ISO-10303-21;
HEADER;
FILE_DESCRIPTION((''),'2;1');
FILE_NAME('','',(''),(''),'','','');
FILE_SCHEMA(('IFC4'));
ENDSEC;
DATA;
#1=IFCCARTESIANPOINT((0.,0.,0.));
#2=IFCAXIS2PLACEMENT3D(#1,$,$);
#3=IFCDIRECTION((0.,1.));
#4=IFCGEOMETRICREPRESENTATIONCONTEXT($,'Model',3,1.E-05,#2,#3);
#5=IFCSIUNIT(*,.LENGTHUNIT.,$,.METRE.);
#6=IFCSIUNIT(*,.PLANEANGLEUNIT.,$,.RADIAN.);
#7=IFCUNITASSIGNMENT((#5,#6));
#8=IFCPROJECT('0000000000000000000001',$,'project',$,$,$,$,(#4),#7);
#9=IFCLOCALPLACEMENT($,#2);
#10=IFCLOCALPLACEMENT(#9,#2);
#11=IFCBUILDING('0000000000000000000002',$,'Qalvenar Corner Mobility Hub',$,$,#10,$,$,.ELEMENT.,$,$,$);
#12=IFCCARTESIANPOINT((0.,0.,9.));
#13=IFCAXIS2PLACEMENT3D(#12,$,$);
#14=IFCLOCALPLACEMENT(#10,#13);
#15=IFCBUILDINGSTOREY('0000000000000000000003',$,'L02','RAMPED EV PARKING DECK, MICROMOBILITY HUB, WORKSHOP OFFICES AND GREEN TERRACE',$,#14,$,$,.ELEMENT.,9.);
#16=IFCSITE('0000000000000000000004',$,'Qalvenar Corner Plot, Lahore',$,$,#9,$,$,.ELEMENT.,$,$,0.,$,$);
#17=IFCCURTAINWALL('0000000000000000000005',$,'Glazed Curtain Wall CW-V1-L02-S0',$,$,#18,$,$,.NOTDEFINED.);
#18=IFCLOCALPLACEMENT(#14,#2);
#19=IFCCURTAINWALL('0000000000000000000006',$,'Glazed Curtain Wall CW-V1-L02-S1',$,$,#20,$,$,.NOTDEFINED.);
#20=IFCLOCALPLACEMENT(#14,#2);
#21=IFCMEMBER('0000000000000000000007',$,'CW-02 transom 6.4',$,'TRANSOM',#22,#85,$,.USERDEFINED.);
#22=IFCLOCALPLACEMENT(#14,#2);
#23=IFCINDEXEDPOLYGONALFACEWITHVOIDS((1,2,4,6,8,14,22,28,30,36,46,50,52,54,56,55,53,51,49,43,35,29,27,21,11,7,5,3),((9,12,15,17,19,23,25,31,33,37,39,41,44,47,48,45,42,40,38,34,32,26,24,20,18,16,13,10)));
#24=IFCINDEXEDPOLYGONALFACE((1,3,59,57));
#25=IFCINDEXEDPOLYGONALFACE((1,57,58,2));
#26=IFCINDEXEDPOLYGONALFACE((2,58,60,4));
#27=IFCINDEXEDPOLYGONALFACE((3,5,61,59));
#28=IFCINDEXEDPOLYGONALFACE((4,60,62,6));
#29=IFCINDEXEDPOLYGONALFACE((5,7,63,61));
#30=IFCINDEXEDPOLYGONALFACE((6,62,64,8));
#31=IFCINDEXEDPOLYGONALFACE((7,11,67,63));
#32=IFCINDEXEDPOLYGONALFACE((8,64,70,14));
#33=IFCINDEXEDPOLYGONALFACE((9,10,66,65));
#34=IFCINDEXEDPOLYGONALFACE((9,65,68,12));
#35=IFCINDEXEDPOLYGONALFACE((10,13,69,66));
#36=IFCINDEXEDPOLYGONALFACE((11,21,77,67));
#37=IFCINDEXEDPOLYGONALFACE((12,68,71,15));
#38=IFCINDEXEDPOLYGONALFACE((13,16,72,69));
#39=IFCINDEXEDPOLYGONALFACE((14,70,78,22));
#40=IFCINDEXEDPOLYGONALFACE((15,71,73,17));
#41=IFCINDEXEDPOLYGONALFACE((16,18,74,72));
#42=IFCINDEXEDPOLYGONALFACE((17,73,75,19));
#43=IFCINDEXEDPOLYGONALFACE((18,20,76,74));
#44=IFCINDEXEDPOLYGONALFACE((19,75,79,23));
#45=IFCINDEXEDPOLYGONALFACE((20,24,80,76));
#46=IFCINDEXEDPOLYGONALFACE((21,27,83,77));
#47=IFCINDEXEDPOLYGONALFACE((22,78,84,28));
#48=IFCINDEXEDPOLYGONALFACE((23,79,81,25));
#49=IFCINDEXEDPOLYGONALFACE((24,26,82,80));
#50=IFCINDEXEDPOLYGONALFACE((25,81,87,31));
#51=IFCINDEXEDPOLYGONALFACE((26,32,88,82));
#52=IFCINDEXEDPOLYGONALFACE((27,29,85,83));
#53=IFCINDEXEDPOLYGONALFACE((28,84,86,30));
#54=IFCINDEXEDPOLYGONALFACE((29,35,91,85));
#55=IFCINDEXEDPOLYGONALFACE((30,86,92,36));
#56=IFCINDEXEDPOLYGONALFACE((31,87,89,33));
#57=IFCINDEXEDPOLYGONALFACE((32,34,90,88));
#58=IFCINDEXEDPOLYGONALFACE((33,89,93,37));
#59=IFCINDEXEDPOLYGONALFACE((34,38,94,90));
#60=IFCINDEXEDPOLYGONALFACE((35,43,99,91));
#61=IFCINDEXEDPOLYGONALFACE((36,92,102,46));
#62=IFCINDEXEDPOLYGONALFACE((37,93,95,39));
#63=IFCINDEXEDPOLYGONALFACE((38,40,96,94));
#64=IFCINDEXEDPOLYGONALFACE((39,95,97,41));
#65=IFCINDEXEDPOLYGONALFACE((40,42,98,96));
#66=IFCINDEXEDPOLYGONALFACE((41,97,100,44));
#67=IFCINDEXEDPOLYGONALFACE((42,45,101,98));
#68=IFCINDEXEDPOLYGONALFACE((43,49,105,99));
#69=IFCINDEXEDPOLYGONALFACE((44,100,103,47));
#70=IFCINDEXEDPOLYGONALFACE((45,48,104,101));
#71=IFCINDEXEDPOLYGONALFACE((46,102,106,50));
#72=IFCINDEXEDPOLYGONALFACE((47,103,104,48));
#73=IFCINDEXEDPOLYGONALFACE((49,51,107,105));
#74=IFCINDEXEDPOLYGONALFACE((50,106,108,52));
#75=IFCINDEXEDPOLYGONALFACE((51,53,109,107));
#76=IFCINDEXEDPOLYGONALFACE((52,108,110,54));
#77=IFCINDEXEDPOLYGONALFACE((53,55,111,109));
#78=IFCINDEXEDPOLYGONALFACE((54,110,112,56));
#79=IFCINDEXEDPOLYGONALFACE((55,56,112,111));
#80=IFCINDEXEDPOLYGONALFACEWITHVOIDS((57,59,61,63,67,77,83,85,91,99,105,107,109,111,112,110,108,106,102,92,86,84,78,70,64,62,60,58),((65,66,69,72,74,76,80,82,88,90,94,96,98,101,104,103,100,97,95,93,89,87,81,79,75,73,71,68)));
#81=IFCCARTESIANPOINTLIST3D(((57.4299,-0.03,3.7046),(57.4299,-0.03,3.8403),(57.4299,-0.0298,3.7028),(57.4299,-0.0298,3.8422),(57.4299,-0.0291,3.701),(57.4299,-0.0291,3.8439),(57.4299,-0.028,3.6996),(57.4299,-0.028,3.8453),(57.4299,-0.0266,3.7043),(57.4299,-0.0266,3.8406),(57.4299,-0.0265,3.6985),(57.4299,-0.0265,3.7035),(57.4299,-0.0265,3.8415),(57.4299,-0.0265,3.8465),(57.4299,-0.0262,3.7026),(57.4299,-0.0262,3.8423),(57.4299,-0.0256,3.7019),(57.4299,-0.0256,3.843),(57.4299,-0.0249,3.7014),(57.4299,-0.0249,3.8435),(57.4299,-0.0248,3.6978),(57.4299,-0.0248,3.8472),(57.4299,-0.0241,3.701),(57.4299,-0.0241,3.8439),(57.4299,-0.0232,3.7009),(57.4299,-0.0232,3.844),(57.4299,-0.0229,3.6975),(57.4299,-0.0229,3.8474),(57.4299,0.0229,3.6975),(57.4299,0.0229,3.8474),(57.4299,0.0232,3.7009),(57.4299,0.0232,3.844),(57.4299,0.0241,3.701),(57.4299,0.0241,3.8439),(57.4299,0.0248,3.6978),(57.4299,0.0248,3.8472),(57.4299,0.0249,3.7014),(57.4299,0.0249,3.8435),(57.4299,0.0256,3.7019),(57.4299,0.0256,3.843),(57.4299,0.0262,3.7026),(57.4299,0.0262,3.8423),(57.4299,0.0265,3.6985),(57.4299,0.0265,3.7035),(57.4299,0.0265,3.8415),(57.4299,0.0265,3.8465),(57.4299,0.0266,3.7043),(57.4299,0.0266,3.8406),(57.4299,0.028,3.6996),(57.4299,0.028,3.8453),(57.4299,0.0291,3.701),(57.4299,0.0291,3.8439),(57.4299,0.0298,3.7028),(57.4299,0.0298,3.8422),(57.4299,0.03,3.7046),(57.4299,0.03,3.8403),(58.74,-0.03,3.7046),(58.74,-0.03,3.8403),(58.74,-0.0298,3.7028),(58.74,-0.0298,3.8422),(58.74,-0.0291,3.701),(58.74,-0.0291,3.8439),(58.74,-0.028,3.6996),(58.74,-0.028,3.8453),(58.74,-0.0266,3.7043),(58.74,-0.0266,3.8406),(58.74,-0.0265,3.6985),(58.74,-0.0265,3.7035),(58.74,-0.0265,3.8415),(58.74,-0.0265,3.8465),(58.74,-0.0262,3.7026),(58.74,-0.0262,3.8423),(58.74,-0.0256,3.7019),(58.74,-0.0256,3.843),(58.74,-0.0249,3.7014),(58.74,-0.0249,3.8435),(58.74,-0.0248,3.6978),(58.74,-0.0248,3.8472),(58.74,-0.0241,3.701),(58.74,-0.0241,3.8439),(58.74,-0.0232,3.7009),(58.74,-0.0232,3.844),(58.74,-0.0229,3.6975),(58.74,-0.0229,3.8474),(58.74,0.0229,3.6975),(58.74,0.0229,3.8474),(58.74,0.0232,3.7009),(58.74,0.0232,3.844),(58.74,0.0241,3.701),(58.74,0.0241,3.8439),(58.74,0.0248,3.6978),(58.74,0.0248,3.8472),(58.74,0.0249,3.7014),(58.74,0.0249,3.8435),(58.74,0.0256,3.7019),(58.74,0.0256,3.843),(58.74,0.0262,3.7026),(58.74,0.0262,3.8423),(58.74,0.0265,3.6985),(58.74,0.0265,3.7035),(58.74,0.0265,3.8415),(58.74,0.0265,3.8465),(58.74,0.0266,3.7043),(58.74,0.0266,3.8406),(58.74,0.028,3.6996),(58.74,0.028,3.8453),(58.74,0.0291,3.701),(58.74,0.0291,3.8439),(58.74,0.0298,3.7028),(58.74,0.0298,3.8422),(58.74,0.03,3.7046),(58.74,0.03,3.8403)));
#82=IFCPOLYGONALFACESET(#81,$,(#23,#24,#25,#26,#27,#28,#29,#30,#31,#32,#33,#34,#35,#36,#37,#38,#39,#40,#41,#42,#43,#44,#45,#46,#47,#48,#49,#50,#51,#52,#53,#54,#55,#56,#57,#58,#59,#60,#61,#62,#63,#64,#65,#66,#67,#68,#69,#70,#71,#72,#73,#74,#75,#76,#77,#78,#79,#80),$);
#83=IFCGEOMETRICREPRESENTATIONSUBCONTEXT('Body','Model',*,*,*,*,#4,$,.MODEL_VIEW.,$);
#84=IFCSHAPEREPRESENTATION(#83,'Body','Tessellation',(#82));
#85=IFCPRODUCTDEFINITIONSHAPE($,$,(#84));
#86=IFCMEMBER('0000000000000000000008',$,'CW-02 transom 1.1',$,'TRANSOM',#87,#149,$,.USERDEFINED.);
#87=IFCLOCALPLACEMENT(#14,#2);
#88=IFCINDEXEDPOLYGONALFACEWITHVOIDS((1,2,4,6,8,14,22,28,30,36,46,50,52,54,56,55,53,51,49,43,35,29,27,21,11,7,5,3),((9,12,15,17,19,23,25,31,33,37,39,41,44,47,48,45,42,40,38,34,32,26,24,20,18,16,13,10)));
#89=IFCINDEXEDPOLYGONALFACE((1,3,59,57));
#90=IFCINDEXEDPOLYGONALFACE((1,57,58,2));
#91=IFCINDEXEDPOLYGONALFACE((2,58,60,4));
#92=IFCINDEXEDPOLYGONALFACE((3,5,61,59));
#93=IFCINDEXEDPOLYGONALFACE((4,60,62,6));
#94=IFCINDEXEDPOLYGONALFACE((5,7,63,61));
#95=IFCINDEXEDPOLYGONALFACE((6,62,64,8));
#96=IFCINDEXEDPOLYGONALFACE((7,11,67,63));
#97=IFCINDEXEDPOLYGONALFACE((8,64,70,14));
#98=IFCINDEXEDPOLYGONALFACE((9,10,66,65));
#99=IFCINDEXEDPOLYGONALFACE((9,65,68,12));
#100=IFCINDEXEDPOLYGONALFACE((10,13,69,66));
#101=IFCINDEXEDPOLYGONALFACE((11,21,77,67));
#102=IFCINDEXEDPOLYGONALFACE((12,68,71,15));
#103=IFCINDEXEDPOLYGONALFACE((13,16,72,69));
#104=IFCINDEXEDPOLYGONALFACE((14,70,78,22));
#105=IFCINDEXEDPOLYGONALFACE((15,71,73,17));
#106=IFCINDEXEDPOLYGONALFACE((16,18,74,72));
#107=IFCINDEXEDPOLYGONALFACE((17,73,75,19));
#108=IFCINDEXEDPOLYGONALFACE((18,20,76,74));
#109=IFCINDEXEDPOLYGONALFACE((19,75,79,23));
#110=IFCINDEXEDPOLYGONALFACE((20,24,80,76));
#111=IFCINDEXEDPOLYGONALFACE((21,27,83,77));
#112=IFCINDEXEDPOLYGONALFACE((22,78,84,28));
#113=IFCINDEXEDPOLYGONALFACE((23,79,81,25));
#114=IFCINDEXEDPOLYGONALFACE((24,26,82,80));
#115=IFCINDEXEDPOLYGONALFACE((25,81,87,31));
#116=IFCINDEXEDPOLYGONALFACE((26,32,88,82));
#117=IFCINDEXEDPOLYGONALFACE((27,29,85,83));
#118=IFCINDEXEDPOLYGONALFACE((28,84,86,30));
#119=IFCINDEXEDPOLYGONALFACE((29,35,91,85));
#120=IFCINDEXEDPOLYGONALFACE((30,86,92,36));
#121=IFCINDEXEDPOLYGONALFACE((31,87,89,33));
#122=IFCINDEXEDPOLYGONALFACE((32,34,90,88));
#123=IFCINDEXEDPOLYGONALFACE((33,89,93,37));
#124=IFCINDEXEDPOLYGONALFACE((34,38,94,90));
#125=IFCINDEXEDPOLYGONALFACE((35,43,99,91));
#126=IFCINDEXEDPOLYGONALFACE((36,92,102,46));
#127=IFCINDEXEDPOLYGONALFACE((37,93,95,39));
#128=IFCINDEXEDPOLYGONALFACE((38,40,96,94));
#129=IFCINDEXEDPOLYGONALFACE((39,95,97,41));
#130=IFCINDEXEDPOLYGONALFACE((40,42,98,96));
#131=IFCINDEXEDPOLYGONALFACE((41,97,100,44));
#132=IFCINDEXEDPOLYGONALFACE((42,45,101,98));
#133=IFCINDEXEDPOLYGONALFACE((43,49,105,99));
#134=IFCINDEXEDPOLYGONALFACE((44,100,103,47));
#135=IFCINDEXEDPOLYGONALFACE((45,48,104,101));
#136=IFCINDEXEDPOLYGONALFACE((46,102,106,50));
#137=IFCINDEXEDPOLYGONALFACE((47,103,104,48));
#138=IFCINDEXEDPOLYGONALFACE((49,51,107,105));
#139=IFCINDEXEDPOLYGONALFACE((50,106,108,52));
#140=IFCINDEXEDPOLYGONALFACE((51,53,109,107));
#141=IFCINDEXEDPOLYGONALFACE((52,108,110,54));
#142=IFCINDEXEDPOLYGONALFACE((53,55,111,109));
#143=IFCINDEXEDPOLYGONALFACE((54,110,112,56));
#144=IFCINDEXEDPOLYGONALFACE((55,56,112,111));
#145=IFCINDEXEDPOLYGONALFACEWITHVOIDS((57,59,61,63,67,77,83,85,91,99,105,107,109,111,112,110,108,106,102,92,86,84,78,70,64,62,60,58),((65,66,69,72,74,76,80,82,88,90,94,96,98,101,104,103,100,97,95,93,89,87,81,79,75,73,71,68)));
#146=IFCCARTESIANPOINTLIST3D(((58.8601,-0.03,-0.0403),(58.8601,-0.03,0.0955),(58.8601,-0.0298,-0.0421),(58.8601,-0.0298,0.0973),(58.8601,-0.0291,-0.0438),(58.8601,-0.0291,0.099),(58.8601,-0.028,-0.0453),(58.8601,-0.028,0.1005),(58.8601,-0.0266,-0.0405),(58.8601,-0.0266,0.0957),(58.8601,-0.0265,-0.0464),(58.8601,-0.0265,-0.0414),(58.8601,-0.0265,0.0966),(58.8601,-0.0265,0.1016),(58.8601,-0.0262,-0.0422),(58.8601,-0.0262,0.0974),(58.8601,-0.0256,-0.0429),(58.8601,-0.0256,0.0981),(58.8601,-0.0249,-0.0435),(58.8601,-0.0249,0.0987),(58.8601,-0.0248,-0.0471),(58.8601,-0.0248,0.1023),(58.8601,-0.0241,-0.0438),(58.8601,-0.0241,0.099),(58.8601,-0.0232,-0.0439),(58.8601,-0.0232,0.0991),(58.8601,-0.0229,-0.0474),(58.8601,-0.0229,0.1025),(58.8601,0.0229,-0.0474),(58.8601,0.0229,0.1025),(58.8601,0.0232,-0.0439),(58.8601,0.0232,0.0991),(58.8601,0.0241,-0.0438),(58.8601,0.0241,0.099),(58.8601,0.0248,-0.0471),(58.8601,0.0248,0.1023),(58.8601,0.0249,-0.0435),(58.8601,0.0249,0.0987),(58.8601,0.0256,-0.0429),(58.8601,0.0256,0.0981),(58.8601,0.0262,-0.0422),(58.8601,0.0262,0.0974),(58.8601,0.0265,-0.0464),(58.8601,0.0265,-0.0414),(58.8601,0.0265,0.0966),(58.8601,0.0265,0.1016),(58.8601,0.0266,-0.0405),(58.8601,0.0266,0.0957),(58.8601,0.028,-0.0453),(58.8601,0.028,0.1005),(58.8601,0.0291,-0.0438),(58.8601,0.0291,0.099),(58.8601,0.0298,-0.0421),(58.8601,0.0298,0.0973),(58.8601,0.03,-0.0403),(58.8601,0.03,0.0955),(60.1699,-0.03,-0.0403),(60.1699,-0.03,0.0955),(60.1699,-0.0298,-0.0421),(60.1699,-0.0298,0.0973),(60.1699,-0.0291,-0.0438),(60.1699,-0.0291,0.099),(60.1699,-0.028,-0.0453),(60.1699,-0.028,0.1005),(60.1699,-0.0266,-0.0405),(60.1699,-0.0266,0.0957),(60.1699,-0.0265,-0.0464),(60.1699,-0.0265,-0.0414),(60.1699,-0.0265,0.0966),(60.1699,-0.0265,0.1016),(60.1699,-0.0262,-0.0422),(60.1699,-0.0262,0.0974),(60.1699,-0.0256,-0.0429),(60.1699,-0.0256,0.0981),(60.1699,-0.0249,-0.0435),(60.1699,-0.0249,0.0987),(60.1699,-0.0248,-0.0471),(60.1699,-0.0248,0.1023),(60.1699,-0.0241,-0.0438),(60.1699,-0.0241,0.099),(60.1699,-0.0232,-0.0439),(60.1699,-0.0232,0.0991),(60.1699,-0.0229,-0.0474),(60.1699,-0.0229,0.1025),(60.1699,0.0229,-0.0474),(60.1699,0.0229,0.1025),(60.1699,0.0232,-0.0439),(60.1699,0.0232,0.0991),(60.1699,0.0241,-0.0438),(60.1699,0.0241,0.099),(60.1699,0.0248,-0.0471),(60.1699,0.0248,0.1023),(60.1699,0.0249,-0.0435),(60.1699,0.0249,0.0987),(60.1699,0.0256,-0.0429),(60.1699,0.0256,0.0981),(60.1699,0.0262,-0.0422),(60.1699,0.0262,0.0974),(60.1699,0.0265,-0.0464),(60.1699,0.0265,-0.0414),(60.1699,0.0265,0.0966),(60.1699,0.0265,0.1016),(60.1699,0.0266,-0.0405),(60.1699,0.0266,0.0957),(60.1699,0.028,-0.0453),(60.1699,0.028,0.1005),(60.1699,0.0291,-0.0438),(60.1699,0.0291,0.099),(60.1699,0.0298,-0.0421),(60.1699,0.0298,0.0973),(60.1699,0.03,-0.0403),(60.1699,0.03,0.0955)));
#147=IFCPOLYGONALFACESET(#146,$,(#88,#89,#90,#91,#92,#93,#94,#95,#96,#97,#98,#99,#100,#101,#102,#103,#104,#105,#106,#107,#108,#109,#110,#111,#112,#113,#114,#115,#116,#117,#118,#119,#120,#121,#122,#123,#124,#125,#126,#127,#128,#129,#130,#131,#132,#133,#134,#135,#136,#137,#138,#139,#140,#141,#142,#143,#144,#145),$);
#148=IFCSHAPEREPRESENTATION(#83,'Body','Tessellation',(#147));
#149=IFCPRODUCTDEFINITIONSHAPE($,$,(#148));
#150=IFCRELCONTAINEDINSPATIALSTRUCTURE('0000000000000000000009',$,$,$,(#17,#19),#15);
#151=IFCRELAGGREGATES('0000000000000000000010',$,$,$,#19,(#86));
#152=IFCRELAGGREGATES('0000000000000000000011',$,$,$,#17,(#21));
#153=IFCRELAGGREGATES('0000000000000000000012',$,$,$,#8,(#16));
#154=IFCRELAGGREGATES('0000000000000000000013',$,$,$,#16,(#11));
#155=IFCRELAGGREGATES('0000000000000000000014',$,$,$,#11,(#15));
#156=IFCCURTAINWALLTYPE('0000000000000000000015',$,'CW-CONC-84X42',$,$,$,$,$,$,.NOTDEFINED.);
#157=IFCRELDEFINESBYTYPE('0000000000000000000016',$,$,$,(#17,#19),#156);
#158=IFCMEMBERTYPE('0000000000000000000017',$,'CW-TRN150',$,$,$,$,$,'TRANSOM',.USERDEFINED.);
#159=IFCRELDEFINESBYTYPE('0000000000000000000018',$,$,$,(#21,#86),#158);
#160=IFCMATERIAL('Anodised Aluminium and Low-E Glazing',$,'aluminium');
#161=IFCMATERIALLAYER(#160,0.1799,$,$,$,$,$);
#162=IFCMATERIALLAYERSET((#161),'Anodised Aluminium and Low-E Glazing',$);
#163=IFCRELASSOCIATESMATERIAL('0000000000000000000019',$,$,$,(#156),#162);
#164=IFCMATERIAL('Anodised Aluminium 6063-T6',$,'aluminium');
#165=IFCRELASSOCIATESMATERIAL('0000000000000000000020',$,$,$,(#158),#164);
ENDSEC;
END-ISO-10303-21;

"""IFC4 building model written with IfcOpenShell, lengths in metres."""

from ifc_helpers import new_model, si_unit, direction, frame, origin, origin_2d, place, context, subcontext, project, spatial, hollow_rectangle, extrude, material, layer, layer_set, material_profile, profile_set, type_object, element, aggregate, save


model = new_model("IFC4")

# Units and contexts
model_context = context("Model", 3, precision=1e-05, world=origin(), true_north=direction((0.0, 1.0)))
body_context = subcontext(model_context, "Body", "Model", "MODEL_VIEW")
ifc_project = project(units=[si_unit("LENGTHUNIT", "METRE"), si_unit("PLANEANGLEUNIT", "RADIAN")], contexts=[model_context])

# Site, building, storey
site_placement = place(None, origin())
site = spatial("IfcSite", under=ifc_project, at=site_placement, Name="Qalvenar Corner Plot, Lahore", CompositionType="ELEMENT", RefElevation=0.0)
building_placement = place(site_placement, origin())
building = spatial("IfcBuilding", under=site, at=building_placement, Name="Qalvenar Corner Mobility Hub", CompositionType="ELEMENT")
storey_placement = place(building_placement, frame((0.0, 0.0, 9.0)))
storey = spatial("IfcBuildingStorey", under=building, at=storey_placement, Name="L02", Description="RAMPED EV PARKING DECK, MICROMOBILITY HUB, WORKSHOP OFFICES AND GREEN TERRACE", CompositionType="ELEMENT", Elevation=9.0)

# Curtain wall
ifc_material_1 = material(Name="Anodised Aluminium and Low-E Glazing", Category="aluminium")
ifc_layer_1 = layer(ifc_material_1, 0.1799)
ifc_layer_set_1 = layer_set([ifc_layer_1], Name="Anodised Aluminium and Low-E Glazing")
curtain_wall_type = type_object("IfcCurtainWallType", Name="CW-CONC-84X42", PredefinedType="NOTDEFINED", material=ifc_layer_set_1)
curtain_wall_1_placement = place(storey_placement, origin())
curtain_wall_1 = element("IfcCurtainWall", 1, at=curtain_wall_1_placement, inside=storey, type_object=curtain_wall_type, Name="Glazed Curtain Wall CW-V1-L02-S0", PredefinedType="NOTDEFINED")
ifc_material_2 = material(Name="Anodised Aluminium 6063-T6", Category="aluminium")

# Curtain wall
curtain_wall_2_placement = place(storey_placement, origin())
curtain_wall_2 = element("IfcCurtainWall", 2, at=curtain_wall_2_placement, inside=storey, type_object=curtain_wall_type, Name="Glazed Curtain Wall CW-V1-L02-S1", PredefinedType="NOTDEFINED")

# Members
ifc_material_profile_1 = material_profile(ifc_material_2, hollow_rectangle(XDim=0.0601, YDim=0.1499, WallThickness=0.0034, InnerFilletRadius=0.0034, OuterFilletRadius=0.0071, at=origin_2d()), Name="RHS150x60x3.5")
ifc_profile_set_1 = profile_set([ifc_material_profile_1], Name="Anodised Aluminium 6063-T6")
member_type_1 = type_object("IfcMemberType", Name="CW-TRN150", ElementType="TRANSOM", PredefinedType="USERDEFINED", material=ifc_profile_set_1)
member_1_placement = place(storey_placement, frame((57.4299, 0.0, 3.7725), z_axis=(1.0, 0.0, 0.0), x_axis=(0.0, 1.0, 0.0)))
member_1 = element("IfcMember", 3, at=member_1_placement, type_object=member_type_1, Name="CW-02 transom 6.4", ObjectType="TRANSOM", PredefinedType="USERDEFINED", context=body_context, shape_type="SweptSolid", body=[
    extrude(hollow_rectangle(XDim=0.0601, YDim=0.1499, WallThickness=0.0034, InnerFilletRadius=0.0034, OuterFilletRadius=0.0071, at=origin_2d()), origin(), (0.0, 0.0, 1.0), 1.3101),
])
member_2_placement = place(storey_placement, frame((58.8601, 0.0, 0.0276), z_axis=(1.0, 0.0, 0.0), x_axis=(0.0, 1.0, 0.0)))
member_2 = element("IfcMember", 4, at=member_2_placement, type_object=member_type_1, Name="CW-02 transom 1.1", ObjectType="TRANSOM", PredefinedType="USERDEFINED", context=body_context, shape_type="SweptSolid", body=[
    extrude(hollow_rectangle(XDim=0.0601, YDim=0.1499, WallThickness=0.0034, InnerFilletRadius=0.0034, OuterFilletRadius=0.0071, at=origin_2d()), origin(), (0.0, 0.0, 1.0), 1.3098),
])
aggregate(curtain_wall_2, [member_2])

aggregate(curtain_wall_1, [member_1])

save(model, "model.ifc")
